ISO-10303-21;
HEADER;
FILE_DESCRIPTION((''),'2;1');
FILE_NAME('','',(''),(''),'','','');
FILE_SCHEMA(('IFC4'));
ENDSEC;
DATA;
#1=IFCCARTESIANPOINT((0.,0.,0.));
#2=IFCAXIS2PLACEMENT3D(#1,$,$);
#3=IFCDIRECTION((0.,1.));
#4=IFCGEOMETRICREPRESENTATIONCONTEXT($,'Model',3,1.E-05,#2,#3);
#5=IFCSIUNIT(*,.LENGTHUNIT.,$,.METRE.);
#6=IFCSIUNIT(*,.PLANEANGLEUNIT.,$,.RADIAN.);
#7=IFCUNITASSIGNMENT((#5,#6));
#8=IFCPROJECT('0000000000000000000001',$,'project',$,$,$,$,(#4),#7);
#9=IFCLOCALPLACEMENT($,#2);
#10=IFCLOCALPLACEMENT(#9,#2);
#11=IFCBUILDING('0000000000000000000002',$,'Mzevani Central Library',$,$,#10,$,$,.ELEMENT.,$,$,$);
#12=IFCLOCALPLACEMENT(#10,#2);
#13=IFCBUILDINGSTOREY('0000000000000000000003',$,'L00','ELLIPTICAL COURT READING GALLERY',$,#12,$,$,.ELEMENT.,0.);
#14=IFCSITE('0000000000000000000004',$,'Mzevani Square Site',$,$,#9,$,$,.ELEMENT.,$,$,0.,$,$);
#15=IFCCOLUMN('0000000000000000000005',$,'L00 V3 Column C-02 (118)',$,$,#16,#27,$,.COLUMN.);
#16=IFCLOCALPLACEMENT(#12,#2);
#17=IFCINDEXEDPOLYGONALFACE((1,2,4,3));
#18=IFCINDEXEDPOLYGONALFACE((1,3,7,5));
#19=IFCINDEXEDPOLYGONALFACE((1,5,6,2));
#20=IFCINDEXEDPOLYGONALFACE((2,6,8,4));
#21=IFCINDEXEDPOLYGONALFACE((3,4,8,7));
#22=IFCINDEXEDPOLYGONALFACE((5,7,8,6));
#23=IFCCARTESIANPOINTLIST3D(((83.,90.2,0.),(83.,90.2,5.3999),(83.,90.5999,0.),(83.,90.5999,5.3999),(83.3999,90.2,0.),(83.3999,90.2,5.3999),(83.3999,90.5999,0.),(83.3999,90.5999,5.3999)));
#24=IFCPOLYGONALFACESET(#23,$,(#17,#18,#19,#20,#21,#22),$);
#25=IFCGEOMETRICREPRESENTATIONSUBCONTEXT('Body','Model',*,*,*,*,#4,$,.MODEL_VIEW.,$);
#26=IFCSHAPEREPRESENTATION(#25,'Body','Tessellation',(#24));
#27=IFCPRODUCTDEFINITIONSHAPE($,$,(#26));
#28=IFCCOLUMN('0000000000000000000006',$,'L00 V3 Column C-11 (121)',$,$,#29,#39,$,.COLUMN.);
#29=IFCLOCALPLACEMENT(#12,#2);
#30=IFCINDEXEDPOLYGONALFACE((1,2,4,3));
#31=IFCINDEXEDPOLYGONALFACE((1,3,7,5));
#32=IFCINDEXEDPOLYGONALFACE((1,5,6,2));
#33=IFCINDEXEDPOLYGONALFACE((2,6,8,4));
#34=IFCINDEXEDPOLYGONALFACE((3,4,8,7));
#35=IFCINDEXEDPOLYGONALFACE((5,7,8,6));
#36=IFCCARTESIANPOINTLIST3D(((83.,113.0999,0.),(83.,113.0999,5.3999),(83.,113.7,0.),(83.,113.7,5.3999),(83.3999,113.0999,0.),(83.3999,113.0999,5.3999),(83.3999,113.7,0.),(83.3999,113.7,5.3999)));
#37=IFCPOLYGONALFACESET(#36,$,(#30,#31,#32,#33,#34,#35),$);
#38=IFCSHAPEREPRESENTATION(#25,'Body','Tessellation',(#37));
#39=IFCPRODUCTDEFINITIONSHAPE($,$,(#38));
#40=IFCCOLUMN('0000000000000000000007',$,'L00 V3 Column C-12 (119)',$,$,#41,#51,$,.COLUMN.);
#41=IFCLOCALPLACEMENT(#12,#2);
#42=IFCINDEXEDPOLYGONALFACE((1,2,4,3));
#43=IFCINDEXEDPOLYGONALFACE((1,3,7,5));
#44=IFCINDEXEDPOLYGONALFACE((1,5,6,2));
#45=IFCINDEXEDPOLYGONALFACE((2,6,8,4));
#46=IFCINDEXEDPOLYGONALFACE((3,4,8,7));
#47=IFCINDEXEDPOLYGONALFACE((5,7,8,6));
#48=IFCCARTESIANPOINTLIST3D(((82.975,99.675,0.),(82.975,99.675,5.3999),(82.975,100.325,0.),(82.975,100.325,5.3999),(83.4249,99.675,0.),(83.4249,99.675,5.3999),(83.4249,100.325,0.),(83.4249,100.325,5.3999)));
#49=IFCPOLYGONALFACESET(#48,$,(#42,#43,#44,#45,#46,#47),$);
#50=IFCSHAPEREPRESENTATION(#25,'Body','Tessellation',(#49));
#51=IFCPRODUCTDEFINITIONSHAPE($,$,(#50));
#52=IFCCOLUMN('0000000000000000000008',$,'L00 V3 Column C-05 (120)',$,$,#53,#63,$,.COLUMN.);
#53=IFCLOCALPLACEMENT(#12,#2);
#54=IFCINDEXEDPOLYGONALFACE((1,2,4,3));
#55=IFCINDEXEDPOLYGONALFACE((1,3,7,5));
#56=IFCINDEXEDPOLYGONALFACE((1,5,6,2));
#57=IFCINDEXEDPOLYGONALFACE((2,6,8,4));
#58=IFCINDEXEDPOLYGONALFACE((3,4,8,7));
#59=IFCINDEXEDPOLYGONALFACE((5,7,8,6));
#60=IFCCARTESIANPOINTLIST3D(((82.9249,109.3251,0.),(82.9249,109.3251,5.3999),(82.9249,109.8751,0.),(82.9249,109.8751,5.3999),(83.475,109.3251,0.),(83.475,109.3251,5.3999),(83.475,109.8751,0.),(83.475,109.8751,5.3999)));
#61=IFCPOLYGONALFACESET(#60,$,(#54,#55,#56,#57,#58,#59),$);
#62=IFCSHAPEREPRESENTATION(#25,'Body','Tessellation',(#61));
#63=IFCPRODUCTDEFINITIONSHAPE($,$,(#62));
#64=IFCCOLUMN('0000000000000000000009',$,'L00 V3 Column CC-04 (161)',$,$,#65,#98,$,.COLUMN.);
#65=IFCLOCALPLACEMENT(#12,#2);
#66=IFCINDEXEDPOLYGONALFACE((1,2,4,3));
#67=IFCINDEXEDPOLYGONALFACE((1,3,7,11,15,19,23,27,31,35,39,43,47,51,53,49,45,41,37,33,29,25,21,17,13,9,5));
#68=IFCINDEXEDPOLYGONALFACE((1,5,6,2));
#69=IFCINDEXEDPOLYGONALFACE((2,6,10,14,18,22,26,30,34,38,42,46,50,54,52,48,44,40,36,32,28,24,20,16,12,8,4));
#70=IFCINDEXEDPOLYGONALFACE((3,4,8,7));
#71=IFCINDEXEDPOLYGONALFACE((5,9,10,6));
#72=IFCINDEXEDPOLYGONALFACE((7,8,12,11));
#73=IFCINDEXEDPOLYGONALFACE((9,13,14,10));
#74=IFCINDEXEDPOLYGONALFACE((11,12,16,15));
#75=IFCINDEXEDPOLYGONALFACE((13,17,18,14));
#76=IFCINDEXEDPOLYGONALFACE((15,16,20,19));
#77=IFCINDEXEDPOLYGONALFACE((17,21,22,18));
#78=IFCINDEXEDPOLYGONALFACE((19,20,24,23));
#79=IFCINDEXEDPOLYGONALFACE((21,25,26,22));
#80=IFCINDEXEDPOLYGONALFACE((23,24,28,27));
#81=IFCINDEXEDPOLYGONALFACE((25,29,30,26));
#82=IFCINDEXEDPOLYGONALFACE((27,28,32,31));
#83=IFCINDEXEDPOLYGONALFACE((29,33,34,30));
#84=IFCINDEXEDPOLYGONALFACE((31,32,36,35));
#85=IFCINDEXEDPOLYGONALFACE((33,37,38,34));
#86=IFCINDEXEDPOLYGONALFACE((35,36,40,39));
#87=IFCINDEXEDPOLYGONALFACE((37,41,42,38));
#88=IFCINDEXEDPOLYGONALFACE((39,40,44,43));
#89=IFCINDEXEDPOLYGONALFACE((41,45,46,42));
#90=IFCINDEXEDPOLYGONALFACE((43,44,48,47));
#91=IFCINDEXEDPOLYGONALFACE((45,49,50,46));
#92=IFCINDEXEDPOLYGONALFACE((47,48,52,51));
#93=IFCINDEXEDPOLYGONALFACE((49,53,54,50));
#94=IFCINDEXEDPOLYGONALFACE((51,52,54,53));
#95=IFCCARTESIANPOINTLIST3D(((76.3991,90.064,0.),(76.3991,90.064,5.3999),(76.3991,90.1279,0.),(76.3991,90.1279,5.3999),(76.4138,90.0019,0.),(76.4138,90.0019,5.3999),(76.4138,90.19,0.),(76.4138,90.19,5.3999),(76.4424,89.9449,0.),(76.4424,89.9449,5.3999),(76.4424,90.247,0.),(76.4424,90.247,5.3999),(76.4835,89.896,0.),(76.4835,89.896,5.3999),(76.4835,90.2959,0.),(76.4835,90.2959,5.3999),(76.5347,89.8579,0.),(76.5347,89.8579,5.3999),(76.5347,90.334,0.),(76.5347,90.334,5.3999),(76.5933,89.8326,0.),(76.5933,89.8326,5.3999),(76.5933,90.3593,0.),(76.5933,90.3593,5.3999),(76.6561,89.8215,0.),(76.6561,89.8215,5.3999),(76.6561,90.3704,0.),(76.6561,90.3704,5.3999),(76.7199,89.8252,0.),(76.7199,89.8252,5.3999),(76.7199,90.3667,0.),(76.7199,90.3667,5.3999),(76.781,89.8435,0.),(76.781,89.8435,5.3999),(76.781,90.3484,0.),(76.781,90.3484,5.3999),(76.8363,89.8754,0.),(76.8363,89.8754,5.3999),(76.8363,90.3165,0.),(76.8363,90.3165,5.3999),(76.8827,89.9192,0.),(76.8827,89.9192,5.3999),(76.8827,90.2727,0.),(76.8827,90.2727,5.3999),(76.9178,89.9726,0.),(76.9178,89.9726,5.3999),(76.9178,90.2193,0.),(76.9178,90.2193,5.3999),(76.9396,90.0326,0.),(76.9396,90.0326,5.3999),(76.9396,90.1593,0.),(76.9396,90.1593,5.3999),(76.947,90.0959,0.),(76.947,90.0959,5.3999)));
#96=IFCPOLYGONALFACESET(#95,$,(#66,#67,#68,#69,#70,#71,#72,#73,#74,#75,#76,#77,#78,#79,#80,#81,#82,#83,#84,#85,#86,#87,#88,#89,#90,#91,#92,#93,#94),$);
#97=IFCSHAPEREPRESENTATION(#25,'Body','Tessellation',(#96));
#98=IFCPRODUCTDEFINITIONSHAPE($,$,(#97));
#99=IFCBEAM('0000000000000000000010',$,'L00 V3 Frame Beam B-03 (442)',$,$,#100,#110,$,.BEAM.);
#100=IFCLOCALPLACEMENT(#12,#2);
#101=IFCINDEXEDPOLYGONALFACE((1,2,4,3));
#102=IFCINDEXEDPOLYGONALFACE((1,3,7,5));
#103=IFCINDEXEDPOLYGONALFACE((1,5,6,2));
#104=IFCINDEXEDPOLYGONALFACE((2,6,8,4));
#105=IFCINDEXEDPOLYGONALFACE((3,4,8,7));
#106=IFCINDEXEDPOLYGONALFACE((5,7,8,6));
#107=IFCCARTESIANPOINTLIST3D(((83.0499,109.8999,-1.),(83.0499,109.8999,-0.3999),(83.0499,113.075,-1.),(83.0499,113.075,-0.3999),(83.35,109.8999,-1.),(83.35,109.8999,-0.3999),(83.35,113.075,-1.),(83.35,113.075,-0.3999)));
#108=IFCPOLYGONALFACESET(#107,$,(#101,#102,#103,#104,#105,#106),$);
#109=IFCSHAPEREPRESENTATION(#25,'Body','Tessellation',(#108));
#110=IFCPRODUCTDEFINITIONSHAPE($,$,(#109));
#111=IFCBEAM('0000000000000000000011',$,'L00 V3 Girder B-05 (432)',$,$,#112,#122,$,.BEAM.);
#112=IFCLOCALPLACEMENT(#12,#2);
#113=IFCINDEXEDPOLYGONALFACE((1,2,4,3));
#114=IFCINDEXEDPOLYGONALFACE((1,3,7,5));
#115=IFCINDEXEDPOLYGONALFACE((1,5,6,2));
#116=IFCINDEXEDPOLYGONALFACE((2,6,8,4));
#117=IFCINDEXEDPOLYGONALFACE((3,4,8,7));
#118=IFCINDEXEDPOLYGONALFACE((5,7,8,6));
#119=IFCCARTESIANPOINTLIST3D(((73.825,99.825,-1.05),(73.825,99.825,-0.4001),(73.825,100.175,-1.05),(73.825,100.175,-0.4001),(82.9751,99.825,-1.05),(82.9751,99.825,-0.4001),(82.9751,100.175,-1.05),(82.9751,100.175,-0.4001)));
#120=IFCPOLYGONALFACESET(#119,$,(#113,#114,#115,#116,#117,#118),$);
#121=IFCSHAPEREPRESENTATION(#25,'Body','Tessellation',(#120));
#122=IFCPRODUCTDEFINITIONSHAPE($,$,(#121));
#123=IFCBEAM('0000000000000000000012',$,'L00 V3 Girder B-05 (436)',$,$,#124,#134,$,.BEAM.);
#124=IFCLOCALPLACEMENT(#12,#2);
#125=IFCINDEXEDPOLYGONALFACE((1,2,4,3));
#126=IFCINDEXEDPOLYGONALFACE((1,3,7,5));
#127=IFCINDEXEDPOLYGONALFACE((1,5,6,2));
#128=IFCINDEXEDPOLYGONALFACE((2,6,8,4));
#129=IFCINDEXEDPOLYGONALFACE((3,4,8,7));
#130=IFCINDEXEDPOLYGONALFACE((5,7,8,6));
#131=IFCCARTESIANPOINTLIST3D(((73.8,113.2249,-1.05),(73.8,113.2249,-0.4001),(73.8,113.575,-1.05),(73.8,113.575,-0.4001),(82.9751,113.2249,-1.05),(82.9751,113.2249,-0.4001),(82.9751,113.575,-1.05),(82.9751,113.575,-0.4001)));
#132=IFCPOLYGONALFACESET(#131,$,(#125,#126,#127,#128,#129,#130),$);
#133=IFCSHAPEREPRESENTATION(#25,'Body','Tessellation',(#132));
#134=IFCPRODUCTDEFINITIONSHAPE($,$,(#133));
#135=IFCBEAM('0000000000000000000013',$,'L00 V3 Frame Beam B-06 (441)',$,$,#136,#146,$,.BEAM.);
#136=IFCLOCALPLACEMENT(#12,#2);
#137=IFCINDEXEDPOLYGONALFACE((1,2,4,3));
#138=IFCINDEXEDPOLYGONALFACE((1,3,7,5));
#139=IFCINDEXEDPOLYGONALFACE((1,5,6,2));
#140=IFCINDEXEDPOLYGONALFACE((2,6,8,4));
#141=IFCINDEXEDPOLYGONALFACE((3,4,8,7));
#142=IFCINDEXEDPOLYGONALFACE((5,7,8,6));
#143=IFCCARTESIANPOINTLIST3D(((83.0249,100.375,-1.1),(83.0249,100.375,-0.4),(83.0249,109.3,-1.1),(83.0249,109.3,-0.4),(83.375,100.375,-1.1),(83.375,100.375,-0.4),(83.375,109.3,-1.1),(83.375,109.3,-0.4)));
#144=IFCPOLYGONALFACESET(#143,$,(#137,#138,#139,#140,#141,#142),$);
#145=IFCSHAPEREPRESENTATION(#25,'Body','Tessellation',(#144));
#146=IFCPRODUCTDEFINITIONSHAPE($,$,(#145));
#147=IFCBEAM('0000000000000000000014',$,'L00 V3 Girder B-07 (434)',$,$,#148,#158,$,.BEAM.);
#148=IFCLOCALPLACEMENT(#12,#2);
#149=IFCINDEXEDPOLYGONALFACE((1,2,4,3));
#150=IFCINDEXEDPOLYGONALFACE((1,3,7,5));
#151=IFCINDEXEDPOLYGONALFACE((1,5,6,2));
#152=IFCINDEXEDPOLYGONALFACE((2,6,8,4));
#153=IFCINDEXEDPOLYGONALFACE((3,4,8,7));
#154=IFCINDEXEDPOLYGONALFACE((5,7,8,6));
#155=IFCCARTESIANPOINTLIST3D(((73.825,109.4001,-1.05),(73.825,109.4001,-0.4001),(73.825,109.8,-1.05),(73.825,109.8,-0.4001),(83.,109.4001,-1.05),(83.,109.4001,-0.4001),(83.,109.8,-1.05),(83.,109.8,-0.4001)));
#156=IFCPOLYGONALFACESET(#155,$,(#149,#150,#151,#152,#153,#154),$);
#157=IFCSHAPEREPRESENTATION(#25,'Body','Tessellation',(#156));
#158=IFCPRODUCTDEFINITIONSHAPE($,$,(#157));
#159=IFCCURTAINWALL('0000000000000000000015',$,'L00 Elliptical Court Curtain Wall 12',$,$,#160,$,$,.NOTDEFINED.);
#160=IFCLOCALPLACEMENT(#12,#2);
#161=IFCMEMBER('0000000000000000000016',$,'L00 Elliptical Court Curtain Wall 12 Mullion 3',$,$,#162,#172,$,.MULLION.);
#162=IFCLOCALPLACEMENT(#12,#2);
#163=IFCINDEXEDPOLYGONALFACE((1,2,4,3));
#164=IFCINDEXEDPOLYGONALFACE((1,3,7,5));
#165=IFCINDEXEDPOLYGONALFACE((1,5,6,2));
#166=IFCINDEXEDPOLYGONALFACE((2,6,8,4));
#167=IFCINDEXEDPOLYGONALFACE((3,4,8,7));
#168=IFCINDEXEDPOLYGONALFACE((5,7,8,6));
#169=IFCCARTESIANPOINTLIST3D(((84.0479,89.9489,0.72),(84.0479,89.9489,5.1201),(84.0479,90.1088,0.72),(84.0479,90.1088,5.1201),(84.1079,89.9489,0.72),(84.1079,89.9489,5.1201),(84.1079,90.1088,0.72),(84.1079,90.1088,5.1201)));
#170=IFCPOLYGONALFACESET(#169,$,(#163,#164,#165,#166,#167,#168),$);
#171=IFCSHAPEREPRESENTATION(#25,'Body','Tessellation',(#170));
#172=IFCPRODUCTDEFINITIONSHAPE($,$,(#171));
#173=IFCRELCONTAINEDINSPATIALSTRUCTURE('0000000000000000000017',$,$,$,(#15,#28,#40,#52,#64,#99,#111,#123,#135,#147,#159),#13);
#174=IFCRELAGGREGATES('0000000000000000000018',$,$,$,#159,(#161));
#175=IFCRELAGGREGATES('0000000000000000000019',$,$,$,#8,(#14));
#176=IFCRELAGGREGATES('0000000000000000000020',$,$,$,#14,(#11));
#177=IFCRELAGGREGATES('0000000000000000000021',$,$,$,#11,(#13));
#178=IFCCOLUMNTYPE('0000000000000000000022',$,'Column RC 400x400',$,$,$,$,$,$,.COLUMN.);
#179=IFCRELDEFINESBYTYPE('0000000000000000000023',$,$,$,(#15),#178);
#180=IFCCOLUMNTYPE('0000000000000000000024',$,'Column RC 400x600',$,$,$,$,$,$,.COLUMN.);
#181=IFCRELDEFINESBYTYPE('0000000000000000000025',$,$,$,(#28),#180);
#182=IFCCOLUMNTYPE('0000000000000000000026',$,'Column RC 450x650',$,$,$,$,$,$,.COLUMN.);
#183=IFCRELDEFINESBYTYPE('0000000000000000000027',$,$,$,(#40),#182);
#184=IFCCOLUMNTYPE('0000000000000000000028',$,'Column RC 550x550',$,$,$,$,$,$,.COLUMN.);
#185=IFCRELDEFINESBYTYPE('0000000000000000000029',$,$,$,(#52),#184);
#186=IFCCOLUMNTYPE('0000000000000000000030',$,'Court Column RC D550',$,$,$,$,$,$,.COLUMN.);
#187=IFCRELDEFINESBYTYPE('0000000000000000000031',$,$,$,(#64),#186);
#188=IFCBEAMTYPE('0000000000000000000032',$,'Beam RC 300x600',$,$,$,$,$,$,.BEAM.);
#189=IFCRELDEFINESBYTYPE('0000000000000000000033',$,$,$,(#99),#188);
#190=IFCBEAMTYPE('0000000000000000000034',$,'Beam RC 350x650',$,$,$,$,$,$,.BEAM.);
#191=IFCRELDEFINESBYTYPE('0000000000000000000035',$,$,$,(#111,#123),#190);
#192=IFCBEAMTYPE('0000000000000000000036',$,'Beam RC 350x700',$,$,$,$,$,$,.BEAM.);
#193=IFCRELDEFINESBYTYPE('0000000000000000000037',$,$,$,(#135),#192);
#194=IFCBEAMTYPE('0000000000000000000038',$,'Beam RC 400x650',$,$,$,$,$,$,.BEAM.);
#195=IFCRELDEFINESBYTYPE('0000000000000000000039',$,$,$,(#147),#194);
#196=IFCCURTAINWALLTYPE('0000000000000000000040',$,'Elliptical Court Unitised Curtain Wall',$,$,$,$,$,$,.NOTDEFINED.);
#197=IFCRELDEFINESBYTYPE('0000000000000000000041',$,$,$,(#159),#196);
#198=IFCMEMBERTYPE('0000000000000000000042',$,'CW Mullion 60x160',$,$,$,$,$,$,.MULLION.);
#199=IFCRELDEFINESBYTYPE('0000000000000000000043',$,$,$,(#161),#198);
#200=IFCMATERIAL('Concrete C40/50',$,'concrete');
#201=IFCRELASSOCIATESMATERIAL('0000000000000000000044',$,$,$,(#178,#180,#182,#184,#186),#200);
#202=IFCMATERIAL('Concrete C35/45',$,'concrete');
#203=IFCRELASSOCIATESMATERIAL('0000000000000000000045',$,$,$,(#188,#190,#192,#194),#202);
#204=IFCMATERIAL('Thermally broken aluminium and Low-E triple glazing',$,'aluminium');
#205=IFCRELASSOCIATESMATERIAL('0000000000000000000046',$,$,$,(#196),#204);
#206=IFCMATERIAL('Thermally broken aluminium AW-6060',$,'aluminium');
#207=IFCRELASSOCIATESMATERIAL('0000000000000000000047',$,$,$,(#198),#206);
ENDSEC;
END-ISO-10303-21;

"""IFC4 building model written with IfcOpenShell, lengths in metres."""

from ifc_helpers import new_model, si_unit, direction, frame, origin, origin_2d, place, context, subcontext, project, spatial, rectangle, circle, extrude, material, material_profile, profile_set, type_object, element, aggregate, save


model = new_model("IFC4")

# Units and contexts
model_context = context("Model", 3, precision=1e-05, world=origin(), true_north=direction((0.0, 1.0)))
body_context = subcontext(model_context, "Body", "Model", "MODEL_VIEW")
ifc_project = project(units=[si_unit("LENGTHUNIT", "METRE"), si_unit("PLANEANGLEUNIT", "RADIAN")], contexts=[model_context])

# Site, building, storey
site_placement = place(None, origin())
site = spatial("IfcSite", under=ifc_project, at=site_placement, Name="Mzevani Square Site", CompositionType="ELEMENT", RefElevation=0.0)
building_placement = place(site_placement, origin())
building = spatial("IfcBuilding", under=site, at=building_placement, Name="Mzevani Central Library", CompositionType="ELEMENT")
storey_placement = place(building_placement, origin())
storey = spatial("IfcBuildingStorey", under=building, at=storey_placement, Name="L00", Description="ELLIPTICAL COURT READING GALLERY", CompositionType="ELEMENT", Elevation=0.0)

# Columns
ifc_material_1 = material(Name="Concrete C40/50", Category="concrete")
ifc_material_profile_1 = material_profile(ifc_material_1, rectangle(XDim=0.3999, YDim=0.3999, at=origin_2d()), Name="RC 400x400")
ifc_profile_set_1 = profile_set([ifc_material_profile_1], Name="Concrete C40/50")
column_type_1 = type_object("IfcColumnType", Name="Column RC 400x400", PredefinedType="COLUMN", material=ifc_profile_set_1)
column_1_placement = place(storey_placement, frame((83.2, 90.3999, 0.0), z_axis=(0.0, 0.0, 1.0), x_axis=(1.0, 0.0, 0.0)))
element("IfcColumn", 1, at=column_1_placement, inside=storey, type_object=column_type_1, Name="L00 V3 Column C-02 (118)", PredefinedType="COLUMN", context=body_context, shape_type="SweptSolid", body=[
    extrude(rectangle(XDim=0.3999, YDim=0.3999, at=origin_2d()), origin(), (0.0, 0.0, 1.0), 5.3999),
])
ifc_material_profile_2 = material_profile(ifc_material_1, rectangle(XDim=0.3999, YDim=0.6001, at=origin_2d()), Name="RC 400x600")
ifc_profile_set_2 = profile_set([ifc_material_profile_2], Name="Concrete C40/50")
column_type_2 = type_object("IfcColumnType", Name="Column RC 400x600", PredefinedType="COLUMN", material=ifc_profile_set_2)
column_2_placement = place(storey_placement, frame((83.2, 113.3999, 0.0), z_axis=(0.0, 0.0, 1.0), x_axis=(1.0, 0.0, 0.0)))
element("IfcColumn", 2, at=column_2_placement, inside=storey, type_object=column_type_2, Name="L00 V3 Column C-11 (121)", PredefinedType="COLUMN", context=body_context, shape_type="SweptSolid", body=[
    extrude(rectangle(XDim=0.3999, YDim=0.6001, at=origin_2d()), origin(), (0.0, 0.0, 1.0), 5.3999),
])
ifc_material_profile_3 = material_profile(ifc_material_1, rectangle(XDim=0.45, YDim=0.6499, at=origin_2d()), Name="RC 450x650")
ifc_profile_set_3 = profile_set([ifc_material_profile_3], Name="Concrete C40/50")
column_type_3 = type_object("IfcColumnType", Name="Column RC 450x650", PredefinedType="COLUMN", material=ifc_profile_set_3)
column_3_placement = place(storey_placement, frame((83.2, 100.0, 0.0), z_axis=(0.0, 0.0, 1.0), x_axis=(1.0, 0.0, 0.0)))
element("IfcColumn", 3, at=column_3_placement, inside=storey, type_object=column_type_3, Name="L00 V3 Column C-12 (119)", PredefinedType="COLUMN", context=body_context, shape_type="SweptSolid", body=[
    extrude(rectangle(XDim=0.45, YDim=0.6499, at=origin_2d()), origin(), (0.0, 0.0, 1.0), 5.3999),
])
ifc_material_profile_4 = material_profile(ifc_material_1, rectangle(XDim=0.55, YDim=0.55, at=origin_2d()), Name="RC 550x550")
ifc_profile_set_4 = profile_set([ifc_material_profile_4], Name="Concrete C40/50")
column_type_4 = type_object("IfcColumnType", Name="Column RC 550x550", PredefinedType="COLUMN", material=ifc_profile_set_4)
column_4_placement = place(storey_placement, frame((83.2, 109.6001, 0.0), z_axis=(0.0, 0.0, 1.0), x_axis=(1.0, 0.0, 0.0)))
element("IfcColumn", 4, at=column_4_placement, inside=storey, type_object=column_type_4, Name="L00 V3 Column C-05 (120)", PredefinedType="COLUMN", context=body_context, shape_type="SweptSolid", body=[
    extrude(rectangle(XDim=0.55, YDim=0.55, at=origin_2d()), origin(), (0.0, 0.0, 1.0), 5.3999),
])
ifc_material_profile_5 = material_profile(ifc_material_1, circle(Radius=0.2749, at=origin_2d()), Name="RC D550")
ifc_profile_set_5 = profile_set([ifc_material_profile_5], Name="Concrete C40/50")
column_type_5 = type_object("IfcColumnType", Name="Court Column RC D550", PredefinedType="COLUMN", material=ifc_profile_set_5)
column_5_placement = place(storey_placement, frame((76.6721, 90.0959, 0.0), z_axis=(0.0, 0.0, 1.0), x_axis=(1.0, 0.0, 0.0)))
element("IfcColumn", 5, at=column_5_placement, inside=storey, type_object=column_type_5, Name="L00 V3 Column CC-04 (161)", PredefinedType="COLUMN", context=body_context, shape_type="SweptSolid", body=[
    extrude(circle(Radius=0.2749, at=origin_2d()), origin(), (0.0, 0.0, 1.0), 5.3999),
])

# Beams
ifc_material_2 = material(Name="Concrete C35/45", Category="concrete")
ifc_material_profile_6 = material_profile(ifc_material_2, rectangle(XDim=0.3, YDim=0.6001, at=origin_2d()), Name="RC B300x600")
ifc_profile_set_6 = profile_set([ifc_material_profile_6], Name="Concrete C35/45")
beam_type_1 = type_object("IfcBeamType", Name="Beam RC 300x600", PredefinedType="BEAM", material=ifc_profile_set_6)
beam_1_placement = place(storey_placement, frame((83.2, 109.8999, -0.7), z_axis=(0.0, 1.0, 0.0), x_axis=(-1.0, 0.0, 0.0)))
element("IfcBeam", 6, at=beam_1_placement, inside=storey, type_object=beam_type_1, Name="L00 V3 Frame Beam B-03 (442)", PredefinedType="BEAM", context=body_context, shape_type="SweptSolid", body=[
    extrude(rectangle(XDim=0.3, YDim=0.6001, at=origin_2d()), origin(), (0.0, 0.0, 1.0), 3.175),
])
ifc_material_profile_7 = material_profile(ifc_material_2, rectangle(XDim=0.3501, YDim=0.6499, at=origin_2d()), Name="RC B350x650")
ifc_profile_set_7 = profile_set([ifc_material_profile_7], Name="Concrete C35/45")
beam_type_2 = type_object("IfcBeamType", Name="Beam RC 350x650", PredefinedType="BEAM", material=ifc_profile_set_7)
beam_2_placement = place(storey_placement, frame((73.825, 100.0, -0.7251), z_axis=(1.0, 0.0, 0.0), x_axis=(0.0, 1.0, 0.0)))
element("IfcBeam", 7, at=beam_2_placement, inside=storey, type_object=beam_type_2, Name="L00 V3 Girder B-05 (432)", PredefinedType="BEAM", context=body_context, shape_type="SweptSolid", body=[
    extrude(rectangle(XDim=0.3501, YDim=0.6499, at=origin_2d()), origin(), (0.0, 0.0, 1.0), 9.1501),
])
beam_3_placement = place(storey_placement, frame((73.8, 113.3999, -0.7251), z_axis=(1.0, 0.0, 0.0), x_axis=(0.0, 1.0, 0.0)))
element("IfcBeam", 8, at=beam_3_placement, inside=storey, type_object=beam_type_2, Name="L00 V3 Girder B-05 (436)", PredefinedType="BEAM", context=body_context, shape_type="SweptSolid", body=[
    extrude(rectangle(XDim=0.3501, YDim=0.6499, at=origin_2d()), origin(), (0.0, 0.0, 1.0), 9.175),
])
ifc_material_profile_8 = material_profile(ifc_material_2, rectangle(XDim=0.3501, YDim=0.7, at=origin_2d()), Name="RC B350x700")
ifc_profile_set_8 = profile_set([ifc_material_profile_8], Name="Concrete C35/45")
beam_type_3 = type_object("IfcBeamType", Name="Beam RC 350x700", PredefinedType="BEAM", material=ifc_profile_set_8)
beam_4_placement = place(storey_placement, frame((83.2, 100.375, -0.75), z_axis=(0.0, 1.0, 0.0), x_axis=(-1.0, 0.0, 0.0)))
element("IfcBeam", 9, at=beam_4_placement, inside=storey, type_object=beam_type_3, Name="L00 V3 Frame Beam B-06 (441)", PredefinedType="BEAM", context=body_context, shape_type="SweptSolid", body=[
    extrude(rectangle(XDim=0.3501, YDim=0.7, at=origin_2d()), origin(), (0.0, 0.0, 1.0), 8.925),
])
ifc_material_profile_9 = material_profile(ifc_material_2, rectangle(XDim=0.3999, YDim=0.6499, at=origin_2d()), Name="RC B400x650")
ifc_profile_set_9 = profile_set([ifc_material_profile_9], Name="Concrete C35/45")
beam_type_4 = type_object("IfcBeamType", Name="Beam RC 400x650", PredefinedType="BEAM", material=ifc_profile_set_9)
beam_5_placement = place(storey_placement, frame((73.825, 109.6001, -0.7251), z_axis=(1.0, 0.0, 0.0), x_axis=(0.0, 1.0, 0.0)))
element("IfcBeam", 10, at=beam_5_placement, inside=storey, type_object=beam_type_4, Name="L00 V3 Girder B-07 (434)", PredefinedType="BEAM", context=body_context, shape_type="SweptSolid", body=[
    extrude(rectangle(XDim=0.3999, YDim=0.6499, at=origin_2d()), origin(), (0.0, 0.0, 1.0), 9.175),
])

# Curtain wall, member
ifc_material_3 = material(Name="Thermally broken aluminium and Low-E triple glazing", Category="aluminium")
curtain_wall_type_1 = type_object("IfcCurtainWallType", Name="Elliptical Court Unitised Curtain Wall", PredefinedType="NOTDEFINED", material=ifc_material_3)
curtain_wall_1_placement = place(storey_placement, origin())
curtain_wall_1 = element("IfcCurtainWall", 11, at=curtain_wall_1_placement, inside=storey, type_object=curtain_wall_type_1, Name="L00 Elliptical Court Curtain Wall 12", PredefinedType="NOTDEFINED")
ifc_material_4 = material(Name="Thermally broken aluminium AW-6060", Category="aluminium")
ifc_material_profile_10 = material_profile(ifc_material_4, rectangle(XDim=0.0601, YDim=0.1599, at=origin_2d()), Name="ALU M60x160")
ifc_profile_set_10 = profile_set([ifc_material_profile_10], Name="Thermally broken aluminium AW-6060")
member_type_1 = type_object("IfcMemberType", Name="CW Mullion 60x160", PredefinedType="MULLION", material=ifc_profile_set_10)
member_1_placement = place(storey_placement, frame((84.0779, 90.0288, 0.72), z_axis=(0.0, 0.0, 1.0), x_axis=(1.0, 0.0, 0.0)))
member_1 = element("IfcMember", 12, at=member_1_placement, type_object=member_type_1, Name="L00 Elliptical Court Curtain Wall 12 Mullion 3", PredefinedType="MULLION", context=body_context, shape_type="SweptSolid", body=[
    extrude(rectangle(XDim=0.0601, YDim=0.1599, at=origin_2d()), origin(), (0.0, 0.0, 1.0), 4.4001),
])

aggregate(curtain_wall_1, [member_1])

save(model, "model.ifc")
